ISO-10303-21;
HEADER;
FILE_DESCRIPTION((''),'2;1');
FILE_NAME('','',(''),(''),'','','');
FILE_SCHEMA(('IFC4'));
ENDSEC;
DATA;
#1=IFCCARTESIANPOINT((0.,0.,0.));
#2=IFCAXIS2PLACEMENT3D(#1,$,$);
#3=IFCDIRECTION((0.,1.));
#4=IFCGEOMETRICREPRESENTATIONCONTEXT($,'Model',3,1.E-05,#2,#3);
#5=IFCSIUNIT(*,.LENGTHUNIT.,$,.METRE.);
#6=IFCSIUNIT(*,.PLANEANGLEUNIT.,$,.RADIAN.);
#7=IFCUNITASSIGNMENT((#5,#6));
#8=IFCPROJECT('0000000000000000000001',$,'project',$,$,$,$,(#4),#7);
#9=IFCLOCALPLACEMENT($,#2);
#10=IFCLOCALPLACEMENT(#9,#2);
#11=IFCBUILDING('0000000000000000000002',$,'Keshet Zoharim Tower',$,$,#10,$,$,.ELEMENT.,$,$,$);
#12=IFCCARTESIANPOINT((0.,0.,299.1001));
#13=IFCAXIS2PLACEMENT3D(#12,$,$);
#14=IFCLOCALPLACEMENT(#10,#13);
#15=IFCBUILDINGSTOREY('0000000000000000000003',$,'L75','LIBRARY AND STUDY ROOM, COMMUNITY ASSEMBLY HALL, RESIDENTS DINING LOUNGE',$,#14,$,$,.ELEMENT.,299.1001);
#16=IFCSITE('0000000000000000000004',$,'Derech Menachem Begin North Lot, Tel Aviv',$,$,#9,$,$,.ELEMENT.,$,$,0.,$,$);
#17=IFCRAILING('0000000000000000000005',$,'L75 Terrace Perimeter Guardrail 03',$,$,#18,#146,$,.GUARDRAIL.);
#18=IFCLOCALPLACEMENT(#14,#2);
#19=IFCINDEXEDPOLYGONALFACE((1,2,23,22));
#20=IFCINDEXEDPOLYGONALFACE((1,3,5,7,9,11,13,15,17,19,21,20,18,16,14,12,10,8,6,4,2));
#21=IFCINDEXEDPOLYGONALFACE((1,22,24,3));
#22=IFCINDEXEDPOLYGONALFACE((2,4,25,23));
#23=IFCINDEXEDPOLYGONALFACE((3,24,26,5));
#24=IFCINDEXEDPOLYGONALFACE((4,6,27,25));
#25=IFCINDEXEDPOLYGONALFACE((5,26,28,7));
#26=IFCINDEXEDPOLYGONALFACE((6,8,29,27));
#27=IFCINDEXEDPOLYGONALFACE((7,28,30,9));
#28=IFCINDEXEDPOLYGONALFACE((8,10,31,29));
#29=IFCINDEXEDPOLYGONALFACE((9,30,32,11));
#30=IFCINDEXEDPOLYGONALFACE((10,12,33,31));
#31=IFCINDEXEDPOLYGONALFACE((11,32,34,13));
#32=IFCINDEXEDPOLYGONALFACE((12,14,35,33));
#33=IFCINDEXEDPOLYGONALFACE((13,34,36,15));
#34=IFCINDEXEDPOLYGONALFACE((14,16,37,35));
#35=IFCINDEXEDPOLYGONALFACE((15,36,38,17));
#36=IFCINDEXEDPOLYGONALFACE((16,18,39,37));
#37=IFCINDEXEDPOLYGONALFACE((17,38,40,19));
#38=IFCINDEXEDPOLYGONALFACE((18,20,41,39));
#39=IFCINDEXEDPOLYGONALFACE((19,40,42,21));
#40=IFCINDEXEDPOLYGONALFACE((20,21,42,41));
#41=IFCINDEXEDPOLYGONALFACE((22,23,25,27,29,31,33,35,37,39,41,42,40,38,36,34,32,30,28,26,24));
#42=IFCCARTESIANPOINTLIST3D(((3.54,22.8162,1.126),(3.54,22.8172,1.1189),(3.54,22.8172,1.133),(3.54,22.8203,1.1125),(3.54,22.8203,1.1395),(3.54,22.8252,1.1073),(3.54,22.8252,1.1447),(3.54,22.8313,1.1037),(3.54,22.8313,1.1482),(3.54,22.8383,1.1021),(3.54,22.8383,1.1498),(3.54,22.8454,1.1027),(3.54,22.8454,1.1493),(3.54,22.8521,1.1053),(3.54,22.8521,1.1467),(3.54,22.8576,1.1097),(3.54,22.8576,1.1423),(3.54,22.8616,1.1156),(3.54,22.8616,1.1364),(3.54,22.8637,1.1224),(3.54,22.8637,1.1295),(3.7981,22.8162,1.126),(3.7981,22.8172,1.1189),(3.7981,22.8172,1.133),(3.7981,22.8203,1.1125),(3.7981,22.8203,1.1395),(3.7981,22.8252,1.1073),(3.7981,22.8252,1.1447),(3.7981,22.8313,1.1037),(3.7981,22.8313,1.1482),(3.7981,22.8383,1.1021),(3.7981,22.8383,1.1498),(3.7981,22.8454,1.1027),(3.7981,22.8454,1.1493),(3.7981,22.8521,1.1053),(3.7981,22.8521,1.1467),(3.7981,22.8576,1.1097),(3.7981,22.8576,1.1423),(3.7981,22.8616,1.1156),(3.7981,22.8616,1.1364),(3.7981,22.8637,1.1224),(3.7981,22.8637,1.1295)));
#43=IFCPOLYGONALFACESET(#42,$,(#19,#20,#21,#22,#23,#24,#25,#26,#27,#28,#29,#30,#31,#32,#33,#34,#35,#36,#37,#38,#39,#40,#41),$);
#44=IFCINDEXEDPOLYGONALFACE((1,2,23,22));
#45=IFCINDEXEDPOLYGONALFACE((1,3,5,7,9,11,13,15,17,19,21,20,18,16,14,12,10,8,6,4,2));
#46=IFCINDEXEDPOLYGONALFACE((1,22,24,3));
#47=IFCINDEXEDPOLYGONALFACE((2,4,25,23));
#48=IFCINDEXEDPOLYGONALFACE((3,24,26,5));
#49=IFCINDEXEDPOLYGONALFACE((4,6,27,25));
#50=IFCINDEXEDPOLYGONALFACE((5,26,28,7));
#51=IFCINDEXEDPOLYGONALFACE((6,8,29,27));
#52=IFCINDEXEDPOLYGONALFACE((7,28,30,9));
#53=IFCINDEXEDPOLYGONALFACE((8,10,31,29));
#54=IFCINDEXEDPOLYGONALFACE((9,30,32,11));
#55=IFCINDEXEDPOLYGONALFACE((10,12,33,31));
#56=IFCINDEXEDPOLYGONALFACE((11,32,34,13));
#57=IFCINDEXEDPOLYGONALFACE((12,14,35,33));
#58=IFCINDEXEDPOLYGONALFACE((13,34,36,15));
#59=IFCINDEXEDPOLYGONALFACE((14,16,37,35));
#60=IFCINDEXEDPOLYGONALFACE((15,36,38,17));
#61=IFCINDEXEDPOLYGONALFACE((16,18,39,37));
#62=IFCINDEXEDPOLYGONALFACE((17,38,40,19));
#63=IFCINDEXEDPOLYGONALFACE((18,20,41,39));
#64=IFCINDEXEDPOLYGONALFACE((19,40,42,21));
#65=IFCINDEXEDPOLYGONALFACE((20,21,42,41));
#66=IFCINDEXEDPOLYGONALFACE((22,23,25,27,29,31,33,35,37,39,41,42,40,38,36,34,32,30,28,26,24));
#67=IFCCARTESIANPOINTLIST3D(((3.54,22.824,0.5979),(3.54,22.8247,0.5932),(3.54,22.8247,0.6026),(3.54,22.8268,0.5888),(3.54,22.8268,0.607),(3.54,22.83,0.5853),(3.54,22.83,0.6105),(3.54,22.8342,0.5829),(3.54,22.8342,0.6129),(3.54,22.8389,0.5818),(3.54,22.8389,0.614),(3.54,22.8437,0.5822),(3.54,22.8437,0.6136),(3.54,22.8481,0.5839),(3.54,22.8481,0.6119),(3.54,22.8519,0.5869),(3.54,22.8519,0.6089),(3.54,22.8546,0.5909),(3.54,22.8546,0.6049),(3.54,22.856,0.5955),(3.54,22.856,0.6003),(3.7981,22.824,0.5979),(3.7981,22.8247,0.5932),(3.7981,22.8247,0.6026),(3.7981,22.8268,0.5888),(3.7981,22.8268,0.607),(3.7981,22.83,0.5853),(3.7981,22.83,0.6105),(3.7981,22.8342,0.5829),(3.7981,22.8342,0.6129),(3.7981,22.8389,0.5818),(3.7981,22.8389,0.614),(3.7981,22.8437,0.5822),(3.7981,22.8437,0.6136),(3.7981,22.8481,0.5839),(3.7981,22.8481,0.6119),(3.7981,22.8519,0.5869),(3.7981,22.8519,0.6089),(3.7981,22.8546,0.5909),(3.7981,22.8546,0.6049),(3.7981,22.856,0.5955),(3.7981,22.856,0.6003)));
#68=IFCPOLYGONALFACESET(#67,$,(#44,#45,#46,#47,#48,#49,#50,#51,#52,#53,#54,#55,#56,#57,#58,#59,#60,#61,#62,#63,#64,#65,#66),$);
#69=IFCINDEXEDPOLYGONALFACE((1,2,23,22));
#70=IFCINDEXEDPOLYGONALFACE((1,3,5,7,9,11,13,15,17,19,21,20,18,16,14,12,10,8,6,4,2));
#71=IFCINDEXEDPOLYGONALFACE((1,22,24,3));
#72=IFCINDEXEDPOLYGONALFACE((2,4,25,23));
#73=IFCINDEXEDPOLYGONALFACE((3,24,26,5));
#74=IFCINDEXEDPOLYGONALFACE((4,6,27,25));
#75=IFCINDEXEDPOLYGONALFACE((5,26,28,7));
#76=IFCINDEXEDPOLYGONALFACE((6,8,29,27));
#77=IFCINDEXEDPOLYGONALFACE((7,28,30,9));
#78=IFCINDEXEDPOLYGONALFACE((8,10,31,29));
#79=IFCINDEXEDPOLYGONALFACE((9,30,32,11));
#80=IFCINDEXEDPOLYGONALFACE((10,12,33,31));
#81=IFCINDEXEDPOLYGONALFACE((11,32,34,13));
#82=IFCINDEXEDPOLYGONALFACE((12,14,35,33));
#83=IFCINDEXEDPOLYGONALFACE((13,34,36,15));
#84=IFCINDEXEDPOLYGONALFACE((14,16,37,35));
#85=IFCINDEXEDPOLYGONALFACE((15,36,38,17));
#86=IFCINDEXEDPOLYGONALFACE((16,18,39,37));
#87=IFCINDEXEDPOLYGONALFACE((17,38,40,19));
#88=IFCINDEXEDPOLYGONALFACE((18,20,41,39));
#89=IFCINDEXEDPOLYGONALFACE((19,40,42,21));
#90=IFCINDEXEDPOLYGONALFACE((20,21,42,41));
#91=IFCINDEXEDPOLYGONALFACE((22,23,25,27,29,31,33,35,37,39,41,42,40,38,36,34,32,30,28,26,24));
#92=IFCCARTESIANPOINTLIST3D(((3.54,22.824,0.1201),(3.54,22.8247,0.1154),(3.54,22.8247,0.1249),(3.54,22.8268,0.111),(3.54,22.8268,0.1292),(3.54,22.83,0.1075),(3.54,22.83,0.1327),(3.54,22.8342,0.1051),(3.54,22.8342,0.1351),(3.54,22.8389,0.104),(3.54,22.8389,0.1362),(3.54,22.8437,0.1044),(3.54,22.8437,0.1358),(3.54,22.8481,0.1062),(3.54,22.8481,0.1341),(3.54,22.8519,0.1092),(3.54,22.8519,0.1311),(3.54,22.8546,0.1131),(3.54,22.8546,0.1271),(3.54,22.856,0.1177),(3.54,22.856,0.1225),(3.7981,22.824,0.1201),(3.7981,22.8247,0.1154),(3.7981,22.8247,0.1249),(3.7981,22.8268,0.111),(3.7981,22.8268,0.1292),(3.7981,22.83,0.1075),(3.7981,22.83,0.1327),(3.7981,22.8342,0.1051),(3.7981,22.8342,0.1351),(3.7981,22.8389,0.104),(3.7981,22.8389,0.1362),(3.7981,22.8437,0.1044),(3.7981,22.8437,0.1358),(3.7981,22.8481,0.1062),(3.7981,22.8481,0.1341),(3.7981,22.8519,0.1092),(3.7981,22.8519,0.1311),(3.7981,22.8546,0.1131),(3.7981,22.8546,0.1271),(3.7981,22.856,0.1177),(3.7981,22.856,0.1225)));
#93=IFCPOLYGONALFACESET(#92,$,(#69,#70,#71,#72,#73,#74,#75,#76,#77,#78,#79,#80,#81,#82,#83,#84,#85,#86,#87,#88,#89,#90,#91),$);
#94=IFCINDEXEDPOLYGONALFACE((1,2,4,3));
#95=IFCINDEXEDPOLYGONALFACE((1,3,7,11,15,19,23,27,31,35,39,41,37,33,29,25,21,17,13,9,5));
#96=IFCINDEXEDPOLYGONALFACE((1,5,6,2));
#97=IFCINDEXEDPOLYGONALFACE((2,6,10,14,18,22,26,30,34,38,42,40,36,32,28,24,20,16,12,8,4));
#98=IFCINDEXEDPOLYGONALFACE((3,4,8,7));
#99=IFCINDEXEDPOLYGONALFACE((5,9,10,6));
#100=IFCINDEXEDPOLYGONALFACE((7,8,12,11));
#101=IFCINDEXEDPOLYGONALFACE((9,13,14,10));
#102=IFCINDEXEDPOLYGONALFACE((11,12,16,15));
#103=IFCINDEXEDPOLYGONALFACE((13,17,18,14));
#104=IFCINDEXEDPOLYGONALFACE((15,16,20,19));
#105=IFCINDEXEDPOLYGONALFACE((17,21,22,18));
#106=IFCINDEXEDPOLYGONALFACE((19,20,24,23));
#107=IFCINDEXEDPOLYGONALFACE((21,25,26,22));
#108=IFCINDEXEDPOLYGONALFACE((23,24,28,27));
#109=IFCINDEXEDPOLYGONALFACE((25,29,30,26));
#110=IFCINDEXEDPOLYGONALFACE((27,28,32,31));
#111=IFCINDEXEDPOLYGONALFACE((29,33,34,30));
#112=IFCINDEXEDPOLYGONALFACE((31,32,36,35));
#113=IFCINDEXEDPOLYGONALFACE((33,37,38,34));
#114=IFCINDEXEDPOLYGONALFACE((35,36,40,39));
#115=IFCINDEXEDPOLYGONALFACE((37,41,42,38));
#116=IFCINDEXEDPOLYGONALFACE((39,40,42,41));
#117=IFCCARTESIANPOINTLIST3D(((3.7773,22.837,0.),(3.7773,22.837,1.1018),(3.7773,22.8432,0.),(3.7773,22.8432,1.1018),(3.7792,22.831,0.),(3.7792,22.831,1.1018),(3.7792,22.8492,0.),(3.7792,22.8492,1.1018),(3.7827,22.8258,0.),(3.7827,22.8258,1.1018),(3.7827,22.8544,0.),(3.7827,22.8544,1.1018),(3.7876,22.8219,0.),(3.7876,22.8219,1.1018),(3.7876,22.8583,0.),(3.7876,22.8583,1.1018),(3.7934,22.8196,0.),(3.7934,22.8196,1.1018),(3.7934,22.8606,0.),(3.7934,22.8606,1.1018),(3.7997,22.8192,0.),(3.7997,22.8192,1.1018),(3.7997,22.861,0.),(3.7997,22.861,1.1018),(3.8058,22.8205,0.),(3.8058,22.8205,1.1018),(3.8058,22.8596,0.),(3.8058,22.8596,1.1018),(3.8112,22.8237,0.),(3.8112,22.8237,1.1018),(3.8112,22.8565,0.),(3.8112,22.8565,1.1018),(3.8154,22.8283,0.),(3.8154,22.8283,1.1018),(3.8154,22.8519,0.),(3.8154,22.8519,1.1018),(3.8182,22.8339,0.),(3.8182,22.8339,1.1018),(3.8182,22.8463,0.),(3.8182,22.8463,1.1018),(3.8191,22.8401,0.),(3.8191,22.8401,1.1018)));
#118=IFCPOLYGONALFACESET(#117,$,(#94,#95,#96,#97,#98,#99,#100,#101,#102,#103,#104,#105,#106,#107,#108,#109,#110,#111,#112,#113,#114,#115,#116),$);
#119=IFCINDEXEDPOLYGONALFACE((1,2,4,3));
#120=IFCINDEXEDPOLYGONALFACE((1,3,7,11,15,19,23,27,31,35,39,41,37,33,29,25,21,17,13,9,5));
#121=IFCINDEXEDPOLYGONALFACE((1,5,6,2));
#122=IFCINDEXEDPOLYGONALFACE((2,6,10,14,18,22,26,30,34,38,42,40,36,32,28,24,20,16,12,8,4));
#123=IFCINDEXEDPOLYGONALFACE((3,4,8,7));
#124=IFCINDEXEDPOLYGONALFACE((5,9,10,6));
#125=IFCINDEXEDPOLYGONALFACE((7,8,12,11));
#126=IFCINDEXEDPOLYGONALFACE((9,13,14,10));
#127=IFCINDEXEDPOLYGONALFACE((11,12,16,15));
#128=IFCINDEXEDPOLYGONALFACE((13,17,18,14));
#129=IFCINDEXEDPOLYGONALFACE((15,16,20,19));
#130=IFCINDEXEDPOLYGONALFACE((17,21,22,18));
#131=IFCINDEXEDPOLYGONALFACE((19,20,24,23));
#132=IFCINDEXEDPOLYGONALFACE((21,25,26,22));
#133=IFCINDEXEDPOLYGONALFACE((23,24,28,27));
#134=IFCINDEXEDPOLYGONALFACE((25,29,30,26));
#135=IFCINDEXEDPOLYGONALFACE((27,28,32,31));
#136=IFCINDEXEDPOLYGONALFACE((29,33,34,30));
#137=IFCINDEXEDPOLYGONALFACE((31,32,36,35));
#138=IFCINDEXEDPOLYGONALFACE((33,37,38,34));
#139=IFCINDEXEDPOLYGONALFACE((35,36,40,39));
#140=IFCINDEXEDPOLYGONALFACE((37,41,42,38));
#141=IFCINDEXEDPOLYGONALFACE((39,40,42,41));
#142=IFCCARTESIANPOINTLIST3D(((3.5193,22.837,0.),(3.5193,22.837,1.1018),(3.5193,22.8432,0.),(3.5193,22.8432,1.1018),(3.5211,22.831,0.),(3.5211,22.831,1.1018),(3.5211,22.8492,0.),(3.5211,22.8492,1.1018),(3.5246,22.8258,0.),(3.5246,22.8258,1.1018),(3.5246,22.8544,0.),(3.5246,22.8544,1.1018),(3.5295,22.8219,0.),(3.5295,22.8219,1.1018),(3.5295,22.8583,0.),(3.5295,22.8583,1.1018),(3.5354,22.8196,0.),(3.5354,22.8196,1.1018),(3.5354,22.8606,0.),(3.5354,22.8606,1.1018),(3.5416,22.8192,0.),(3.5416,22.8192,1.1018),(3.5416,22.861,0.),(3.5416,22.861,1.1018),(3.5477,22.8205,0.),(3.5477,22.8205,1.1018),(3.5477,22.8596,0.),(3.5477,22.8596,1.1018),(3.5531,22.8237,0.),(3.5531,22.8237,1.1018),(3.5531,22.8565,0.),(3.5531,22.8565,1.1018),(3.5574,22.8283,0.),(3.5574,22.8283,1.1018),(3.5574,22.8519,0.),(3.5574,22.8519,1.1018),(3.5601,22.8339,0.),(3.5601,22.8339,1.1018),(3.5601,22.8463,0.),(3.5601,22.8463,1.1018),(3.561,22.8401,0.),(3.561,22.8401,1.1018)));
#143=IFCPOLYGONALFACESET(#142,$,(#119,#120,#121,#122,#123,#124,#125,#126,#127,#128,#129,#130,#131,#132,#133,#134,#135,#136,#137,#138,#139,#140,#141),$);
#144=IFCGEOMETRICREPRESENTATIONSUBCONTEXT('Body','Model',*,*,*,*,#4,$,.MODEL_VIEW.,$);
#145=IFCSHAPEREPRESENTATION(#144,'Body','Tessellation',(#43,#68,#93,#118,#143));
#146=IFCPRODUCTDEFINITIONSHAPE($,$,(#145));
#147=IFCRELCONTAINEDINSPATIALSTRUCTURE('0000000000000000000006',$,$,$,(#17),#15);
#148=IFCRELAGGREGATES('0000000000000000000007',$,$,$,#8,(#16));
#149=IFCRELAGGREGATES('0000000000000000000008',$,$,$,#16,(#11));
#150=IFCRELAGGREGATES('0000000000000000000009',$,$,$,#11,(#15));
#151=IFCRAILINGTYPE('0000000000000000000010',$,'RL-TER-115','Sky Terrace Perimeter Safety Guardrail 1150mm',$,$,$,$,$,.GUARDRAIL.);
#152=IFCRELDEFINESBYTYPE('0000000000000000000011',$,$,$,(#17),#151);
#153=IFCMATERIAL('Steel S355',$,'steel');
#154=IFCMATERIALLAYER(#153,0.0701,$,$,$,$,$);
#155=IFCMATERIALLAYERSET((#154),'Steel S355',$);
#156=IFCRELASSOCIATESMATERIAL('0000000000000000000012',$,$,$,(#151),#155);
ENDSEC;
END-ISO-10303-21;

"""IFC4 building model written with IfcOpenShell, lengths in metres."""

from ifc_helpers import new_model, si_unit, direction, frame, origin, origin_2d, place, context, subcontext, project, spatial, circle, extrude, material, layer, layer_set, type_object, element, save


model = new_model("IFC4")

# Units and contexts
model_context = context("Model", 3, precision=1e-05, world=origin(), true_north=direction((0.0, 1.0)))
body_context = subcontext(model_context, "Body", "Model", "MODEL_VIEW")
ifc_project = project(units=[si_unit("LENGTHUNIT", "METRE"), si_unit("PLANEANGLEUNIT", "RADIAN")], contexts=[model_context])

# Site, building, storey
site_placement = place(None, origin())
site = spatial("IfcSite", under=ifc_project, at=site_placement, Name="Derech Menachem Begin North Lot, Tel Aviv", CompositionType="ELEMENT", RefElevation=0.0)
building_placement = place(site_placement, origin())
building = spatial("IfcBuilding", under=site, at=building_placement, Name="Keshet Zoharim Tower", CompositionType="ELEMENT")
storey_placement = place(building_placement, frame((0.0, 0.0, 299.1001)))
storey = spatial("IfcBuildingStorey", under=building, at=storey_placement, Name="L75", Description="LIBRARY AND STUDY ROOM, COMMUNITY ASSEMBLY HALL, RESIDENTS DINING LOUNGE", CompositionType="ELEMENT", Elevation=299.1001)

# Shared definitions
ifc_material_1 = material(Name="Steel S355", Category="steel")

# Railing
ifc_layer_1 = layer(ifc_material_1, 0.0701)
ifc_layer_set_1 = layer_set([ifc_layer_1], Name="Steel S355")
railing_type = type_object("IfcRailingType", Name="RL-TER-115", Description="Sky Terrace Perimeter Safety Guardrail 1150mm", PredefinedType="GUARDRAIL", material=ifc_layer_set_1)
railing_1_placement = place(storey_placement, frame((3.7981, 22.8401, 0.0)))
element("IfcRailing", 1, at=railing_1_placement, inside=storey, type_object=railing_type, Name="L75 Terrace Perimeter Guardrail 03", PredefinedType="GUARDRAIL", context=body_context, shape_type="SweptSolid", body=[
    extrude(circle(Radius=0.0239, at=origin_2d()), frame((0.0, 0.0, 1.126), z_axis=(-1.0, 0.0, 0.0), x_axis=(0.0, -1.0, 0.0)), (0.0, 0.0, 1.0), 0.2581),
    extrude(circle(Radius=0.0161, at=origin_2d()), frame((0.0, 0.0, 0.5979), z_axis=(-1.0, 0.0, 0.0), x_axis=(0.0, -1.0, 0.0)), (0.0, 0.0, 1.0), 0.2581),
    extrude(circle(Radius=0.0161, at=origin_2d()), frame((0.0, 0.0, 0.1201), z_axis=(-1.0, 0.0, 0.0), x_axis=(0.0, -1.0, 0.0)), (0.0, 0.0, 1.0), 0.2581),
    extrude(circle(Radius=0.021, at=origin_2d()), origin(), (0.0, 0.0, 1.0), 1.1018),
    extrude(circle(Radius=0.021, at=origin_2d()), frame((-0.2581, 0.0, 0.0)), (0.0, 0.0, 1.0), 1.1018),
])

save(model, "model.ifc")
